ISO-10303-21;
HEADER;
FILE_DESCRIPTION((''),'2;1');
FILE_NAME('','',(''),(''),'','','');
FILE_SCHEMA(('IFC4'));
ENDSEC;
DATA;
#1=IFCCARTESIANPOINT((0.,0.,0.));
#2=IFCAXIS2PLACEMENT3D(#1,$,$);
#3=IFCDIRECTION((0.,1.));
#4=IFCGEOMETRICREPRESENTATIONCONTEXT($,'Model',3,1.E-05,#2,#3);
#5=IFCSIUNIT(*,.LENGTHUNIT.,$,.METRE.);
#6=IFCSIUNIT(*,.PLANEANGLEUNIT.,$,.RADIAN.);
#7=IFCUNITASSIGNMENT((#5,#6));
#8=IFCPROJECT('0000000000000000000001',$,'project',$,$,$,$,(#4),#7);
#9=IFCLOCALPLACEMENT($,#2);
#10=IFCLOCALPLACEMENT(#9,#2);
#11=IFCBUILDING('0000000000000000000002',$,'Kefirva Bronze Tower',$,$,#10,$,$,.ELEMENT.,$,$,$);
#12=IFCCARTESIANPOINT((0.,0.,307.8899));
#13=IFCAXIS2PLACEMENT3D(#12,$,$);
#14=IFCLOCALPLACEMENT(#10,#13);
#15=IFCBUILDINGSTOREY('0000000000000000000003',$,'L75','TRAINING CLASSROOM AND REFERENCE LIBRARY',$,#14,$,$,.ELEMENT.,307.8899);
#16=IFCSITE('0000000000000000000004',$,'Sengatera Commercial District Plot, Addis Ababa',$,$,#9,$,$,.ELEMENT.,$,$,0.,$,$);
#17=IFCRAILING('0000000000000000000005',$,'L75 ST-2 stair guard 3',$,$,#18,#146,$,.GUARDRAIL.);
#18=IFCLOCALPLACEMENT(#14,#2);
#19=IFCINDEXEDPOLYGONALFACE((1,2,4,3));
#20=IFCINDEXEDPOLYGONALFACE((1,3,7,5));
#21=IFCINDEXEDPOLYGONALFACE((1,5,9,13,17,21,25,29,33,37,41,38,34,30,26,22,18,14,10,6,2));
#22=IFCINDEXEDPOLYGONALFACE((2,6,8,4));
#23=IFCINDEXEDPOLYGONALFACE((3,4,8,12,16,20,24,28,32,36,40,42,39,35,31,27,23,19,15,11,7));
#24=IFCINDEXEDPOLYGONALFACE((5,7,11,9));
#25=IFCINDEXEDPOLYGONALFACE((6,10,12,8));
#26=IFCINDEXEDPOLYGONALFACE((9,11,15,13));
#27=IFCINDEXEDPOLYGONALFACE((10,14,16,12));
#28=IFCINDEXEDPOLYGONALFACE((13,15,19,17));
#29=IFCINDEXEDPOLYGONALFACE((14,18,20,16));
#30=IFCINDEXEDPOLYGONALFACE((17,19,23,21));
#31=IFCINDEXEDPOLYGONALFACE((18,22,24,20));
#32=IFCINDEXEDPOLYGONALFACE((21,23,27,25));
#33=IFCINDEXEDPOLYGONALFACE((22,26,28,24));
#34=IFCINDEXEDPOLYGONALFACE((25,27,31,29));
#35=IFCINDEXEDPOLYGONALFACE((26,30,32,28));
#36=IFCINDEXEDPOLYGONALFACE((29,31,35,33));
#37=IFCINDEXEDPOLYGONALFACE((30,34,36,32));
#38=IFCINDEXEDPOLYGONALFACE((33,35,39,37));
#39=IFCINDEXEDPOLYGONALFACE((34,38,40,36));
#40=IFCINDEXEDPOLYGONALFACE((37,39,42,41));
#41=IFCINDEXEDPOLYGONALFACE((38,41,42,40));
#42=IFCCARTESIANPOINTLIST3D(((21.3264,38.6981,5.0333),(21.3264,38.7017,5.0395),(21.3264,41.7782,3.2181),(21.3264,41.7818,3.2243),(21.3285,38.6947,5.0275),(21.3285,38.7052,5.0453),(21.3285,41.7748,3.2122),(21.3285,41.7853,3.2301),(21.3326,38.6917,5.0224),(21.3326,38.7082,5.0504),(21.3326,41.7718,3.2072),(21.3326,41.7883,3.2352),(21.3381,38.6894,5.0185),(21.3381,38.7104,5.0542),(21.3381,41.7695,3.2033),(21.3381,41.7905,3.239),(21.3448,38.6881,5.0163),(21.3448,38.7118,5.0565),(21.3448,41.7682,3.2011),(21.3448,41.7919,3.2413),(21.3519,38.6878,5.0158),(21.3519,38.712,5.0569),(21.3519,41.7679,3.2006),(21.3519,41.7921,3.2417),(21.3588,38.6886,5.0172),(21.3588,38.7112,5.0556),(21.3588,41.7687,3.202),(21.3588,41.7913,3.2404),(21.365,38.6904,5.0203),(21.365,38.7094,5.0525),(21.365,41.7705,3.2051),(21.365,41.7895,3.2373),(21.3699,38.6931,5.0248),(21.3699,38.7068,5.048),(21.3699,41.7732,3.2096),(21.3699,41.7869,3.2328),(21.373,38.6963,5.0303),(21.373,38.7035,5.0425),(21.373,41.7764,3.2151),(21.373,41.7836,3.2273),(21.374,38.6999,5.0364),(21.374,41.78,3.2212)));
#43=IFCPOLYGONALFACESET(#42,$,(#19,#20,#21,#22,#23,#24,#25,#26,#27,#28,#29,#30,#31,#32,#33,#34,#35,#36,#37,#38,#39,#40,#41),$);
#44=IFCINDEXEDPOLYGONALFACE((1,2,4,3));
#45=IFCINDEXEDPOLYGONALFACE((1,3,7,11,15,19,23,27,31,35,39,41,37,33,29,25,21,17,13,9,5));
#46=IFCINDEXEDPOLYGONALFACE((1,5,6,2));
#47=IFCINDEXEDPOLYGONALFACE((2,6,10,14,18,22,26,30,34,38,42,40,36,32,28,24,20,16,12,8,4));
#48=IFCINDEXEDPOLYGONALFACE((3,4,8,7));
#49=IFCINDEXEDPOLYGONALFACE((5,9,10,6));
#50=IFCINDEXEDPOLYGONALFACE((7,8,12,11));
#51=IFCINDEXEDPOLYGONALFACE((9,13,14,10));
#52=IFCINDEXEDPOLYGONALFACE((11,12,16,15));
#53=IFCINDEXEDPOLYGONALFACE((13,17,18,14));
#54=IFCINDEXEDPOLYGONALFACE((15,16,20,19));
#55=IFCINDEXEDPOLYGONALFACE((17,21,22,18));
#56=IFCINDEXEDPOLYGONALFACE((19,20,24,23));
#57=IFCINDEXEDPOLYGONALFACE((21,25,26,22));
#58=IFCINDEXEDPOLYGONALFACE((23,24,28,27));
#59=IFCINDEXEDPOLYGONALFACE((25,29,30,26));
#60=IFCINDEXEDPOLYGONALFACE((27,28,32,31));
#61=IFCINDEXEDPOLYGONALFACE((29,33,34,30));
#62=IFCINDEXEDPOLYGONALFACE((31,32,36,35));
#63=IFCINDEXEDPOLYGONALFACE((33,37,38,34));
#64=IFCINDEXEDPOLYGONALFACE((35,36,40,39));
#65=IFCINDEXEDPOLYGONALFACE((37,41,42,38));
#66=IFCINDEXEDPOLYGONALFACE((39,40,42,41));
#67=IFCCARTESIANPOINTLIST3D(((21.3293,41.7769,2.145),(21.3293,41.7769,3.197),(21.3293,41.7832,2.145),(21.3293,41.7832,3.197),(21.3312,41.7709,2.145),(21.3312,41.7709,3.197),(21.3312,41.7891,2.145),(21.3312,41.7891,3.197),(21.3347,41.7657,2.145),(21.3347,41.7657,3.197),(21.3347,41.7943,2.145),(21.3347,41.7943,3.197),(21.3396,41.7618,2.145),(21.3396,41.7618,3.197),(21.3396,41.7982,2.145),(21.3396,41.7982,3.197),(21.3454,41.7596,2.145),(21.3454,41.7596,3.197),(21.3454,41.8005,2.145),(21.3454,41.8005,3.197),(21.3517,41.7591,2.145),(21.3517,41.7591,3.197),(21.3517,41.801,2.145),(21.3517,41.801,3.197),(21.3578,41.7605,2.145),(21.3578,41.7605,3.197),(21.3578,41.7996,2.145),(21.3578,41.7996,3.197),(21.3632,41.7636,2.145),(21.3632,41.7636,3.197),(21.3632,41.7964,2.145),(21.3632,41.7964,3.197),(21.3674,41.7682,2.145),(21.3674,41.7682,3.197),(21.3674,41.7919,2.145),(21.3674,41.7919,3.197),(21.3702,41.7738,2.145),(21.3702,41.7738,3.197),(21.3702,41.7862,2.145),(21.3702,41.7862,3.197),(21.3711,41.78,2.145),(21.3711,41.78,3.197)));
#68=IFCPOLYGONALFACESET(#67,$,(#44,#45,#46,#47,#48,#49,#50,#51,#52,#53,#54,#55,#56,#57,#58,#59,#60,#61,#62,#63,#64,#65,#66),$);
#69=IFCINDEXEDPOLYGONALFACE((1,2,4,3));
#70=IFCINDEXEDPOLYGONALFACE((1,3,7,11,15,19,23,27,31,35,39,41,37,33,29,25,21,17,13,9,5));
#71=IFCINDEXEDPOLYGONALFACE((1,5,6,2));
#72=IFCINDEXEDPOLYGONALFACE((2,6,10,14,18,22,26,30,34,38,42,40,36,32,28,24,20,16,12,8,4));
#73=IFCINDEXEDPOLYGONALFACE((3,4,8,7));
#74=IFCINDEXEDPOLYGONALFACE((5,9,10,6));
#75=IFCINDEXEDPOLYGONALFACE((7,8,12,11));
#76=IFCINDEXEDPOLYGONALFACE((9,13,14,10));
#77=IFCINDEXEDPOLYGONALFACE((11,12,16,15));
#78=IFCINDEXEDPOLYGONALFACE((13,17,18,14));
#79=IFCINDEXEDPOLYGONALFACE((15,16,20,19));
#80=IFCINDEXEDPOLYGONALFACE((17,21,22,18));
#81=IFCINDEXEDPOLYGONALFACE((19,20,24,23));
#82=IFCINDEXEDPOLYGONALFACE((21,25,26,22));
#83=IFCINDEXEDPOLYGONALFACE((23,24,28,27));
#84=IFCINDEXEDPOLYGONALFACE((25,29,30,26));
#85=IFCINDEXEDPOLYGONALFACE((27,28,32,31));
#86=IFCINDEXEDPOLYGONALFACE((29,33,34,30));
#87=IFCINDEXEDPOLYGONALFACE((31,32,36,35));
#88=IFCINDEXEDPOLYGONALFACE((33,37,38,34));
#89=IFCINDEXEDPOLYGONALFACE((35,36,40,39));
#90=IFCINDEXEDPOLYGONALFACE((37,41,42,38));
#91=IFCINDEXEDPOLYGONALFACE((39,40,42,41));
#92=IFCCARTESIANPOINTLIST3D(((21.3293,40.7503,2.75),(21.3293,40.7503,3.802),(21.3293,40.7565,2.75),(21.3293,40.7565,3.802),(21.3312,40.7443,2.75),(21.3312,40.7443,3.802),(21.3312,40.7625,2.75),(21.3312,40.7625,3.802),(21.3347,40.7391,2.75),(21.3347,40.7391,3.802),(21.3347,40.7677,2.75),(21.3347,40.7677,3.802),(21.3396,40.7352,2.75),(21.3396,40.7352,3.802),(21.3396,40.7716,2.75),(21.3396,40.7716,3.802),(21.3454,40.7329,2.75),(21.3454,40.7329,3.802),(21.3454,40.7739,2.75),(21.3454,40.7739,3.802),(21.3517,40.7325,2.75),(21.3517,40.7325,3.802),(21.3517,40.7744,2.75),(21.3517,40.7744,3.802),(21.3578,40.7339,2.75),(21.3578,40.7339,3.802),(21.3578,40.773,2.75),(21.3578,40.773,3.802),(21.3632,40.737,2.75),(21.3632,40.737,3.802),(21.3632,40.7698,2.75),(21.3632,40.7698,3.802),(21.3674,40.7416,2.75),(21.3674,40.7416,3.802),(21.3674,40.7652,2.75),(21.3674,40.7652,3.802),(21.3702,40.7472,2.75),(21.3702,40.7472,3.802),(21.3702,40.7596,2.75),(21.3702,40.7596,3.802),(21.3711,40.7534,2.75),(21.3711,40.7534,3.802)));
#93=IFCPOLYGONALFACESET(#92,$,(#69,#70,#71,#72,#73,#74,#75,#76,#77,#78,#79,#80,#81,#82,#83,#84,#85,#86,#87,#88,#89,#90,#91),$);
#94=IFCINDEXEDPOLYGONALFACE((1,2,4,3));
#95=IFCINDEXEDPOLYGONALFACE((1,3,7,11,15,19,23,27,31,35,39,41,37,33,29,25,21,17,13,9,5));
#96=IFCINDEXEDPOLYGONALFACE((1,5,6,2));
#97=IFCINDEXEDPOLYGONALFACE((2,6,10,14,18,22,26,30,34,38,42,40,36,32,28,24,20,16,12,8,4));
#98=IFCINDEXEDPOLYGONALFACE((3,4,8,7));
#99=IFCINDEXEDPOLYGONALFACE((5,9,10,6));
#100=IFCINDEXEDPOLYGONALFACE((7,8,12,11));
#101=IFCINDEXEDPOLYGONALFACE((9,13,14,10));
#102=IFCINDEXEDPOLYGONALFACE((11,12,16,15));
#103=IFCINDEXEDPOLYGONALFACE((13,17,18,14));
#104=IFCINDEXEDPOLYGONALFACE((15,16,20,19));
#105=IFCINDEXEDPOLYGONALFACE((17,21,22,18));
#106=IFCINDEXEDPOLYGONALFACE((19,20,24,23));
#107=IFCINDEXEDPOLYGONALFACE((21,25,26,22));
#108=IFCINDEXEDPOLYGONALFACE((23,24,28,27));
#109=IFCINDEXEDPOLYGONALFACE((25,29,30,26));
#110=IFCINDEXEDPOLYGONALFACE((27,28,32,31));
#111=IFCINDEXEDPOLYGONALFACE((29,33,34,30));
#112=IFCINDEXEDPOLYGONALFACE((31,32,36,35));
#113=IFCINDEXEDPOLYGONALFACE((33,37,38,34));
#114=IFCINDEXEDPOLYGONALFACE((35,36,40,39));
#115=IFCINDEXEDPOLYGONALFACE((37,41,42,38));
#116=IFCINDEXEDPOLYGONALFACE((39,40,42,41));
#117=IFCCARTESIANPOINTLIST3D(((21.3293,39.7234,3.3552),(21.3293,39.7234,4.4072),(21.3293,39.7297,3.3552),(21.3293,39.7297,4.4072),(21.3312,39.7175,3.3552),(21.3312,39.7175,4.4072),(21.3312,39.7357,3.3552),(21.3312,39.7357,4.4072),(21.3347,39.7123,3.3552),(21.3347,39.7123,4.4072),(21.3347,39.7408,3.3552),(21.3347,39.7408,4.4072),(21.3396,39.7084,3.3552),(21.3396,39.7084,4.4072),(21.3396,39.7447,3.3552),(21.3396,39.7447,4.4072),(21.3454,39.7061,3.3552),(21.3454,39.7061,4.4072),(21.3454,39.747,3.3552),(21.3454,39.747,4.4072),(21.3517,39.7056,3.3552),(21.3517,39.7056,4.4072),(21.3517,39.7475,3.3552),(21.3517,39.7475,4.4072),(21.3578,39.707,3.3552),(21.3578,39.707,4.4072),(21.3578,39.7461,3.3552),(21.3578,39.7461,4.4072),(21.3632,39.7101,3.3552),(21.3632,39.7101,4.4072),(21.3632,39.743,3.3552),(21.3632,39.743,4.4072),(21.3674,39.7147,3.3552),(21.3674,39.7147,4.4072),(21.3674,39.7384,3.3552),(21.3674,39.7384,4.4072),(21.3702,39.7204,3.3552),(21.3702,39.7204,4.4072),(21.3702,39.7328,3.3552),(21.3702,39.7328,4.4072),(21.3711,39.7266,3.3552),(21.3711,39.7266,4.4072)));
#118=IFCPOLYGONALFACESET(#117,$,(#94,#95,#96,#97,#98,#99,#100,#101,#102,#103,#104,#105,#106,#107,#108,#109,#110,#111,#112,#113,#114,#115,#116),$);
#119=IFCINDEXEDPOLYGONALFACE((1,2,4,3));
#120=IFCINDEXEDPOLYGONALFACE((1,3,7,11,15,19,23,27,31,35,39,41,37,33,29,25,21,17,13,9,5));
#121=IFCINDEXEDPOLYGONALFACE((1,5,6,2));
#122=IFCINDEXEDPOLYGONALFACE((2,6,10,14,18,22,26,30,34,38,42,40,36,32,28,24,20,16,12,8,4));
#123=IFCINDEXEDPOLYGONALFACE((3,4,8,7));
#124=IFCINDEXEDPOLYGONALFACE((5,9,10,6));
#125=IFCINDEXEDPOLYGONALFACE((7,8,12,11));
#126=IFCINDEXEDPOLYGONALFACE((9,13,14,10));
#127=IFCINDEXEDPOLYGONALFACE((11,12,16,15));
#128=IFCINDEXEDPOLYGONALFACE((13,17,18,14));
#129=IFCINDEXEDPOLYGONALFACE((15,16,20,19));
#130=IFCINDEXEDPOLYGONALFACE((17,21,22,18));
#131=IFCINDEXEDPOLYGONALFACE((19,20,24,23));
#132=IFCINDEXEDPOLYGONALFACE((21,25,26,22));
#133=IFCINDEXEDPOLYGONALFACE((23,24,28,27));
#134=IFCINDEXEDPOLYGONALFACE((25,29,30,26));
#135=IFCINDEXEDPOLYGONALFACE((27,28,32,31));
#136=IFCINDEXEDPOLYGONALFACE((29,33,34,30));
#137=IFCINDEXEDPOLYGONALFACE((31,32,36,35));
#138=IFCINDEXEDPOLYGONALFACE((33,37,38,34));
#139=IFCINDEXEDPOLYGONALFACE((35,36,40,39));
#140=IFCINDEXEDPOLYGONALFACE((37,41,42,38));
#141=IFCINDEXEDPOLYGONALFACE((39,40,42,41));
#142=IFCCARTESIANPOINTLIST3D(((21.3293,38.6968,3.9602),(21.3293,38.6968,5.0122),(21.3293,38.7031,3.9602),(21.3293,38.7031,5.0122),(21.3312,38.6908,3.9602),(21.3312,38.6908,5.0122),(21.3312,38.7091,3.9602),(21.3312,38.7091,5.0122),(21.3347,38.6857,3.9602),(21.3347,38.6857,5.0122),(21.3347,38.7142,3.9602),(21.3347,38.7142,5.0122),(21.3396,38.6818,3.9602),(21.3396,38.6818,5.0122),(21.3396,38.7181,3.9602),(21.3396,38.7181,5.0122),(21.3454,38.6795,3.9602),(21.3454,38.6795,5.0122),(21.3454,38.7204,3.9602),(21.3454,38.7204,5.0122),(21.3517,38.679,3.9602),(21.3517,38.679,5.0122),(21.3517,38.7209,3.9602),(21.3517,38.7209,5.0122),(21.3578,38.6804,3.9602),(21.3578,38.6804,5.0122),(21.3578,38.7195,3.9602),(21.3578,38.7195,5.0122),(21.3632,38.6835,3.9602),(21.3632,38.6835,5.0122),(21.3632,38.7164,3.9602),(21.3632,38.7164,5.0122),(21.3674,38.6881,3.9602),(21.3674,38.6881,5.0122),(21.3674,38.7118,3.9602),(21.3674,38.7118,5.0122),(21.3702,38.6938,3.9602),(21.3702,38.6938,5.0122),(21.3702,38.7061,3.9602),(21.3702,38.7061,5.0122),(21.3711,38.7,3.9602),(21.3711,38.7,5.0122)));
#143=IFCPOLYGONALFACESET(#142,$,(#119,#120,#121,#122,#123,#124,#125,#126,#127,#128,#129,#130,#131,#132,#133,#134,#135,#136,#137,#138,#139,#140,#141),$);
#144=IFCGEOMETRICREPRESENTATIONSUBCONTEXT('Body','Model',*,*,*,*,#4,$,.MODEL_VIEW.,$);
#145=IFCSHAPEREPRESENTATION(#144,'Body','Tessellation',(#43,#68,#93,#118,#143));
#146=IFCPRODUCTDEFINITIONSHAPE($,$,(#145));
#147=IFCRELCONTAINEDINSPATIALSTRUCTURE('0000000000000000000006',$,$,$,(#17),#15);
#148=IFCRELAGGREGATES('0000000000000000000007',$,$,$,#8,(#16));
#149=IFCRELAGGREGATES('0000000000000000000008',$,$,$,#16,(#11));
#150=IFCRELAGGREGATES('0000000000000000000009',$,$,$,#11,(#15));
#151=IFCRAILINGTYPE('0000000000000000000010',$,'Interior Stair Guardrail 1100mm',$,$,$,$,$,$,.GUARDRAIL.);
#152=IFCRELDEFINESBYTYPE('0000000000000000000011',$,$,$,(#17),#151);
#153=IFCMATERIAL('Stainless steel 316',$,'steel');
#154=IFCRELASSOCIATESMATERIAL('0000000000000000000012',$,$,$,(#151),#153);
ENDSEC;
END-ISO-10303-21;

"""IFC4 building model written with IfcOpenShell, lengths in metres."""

from ifc_helpers import new_model, si_unit, direction, frame, origin, origin_2d, place, context, subcontext, project, spatial, circle, extrude, material, type_object, element, save


model = new_model("IFC4")

# Units and contexts
model_context = context("Model", 3, precision=1e-05, world=origin(), true_north=direction((0.0, 1.0)))
body_context = subcontext(model_context, "Body", "Model", "MODEL_VIEW")
ifc_project = project(units=[si_unit("LENGTHUNIT", "METRE"), si_unit("PLANEANGLEUNIT", "RADIAN")], contexts=[model_context])

# Site, building, storey
site_placement = place(None, origin())
site = spatial("IfcSite", under=ifc_project, at=site_placement, Name="Sengatera Commercial District Plot, Addis Ababa", CompositionType="ELEMENT", RefElevation=0.0)
building_placement = place(site_placement, origin())
building = spatial("IfcBuilding", under=site, at=building_placement, Name="Kefirva Bronze Tower", CompositionType="ELEMENT")
storey_placement = place(building_placement, frame((0.0, 0.0, 307.8899)))
storey = spatial("IfcBuildingStorey", under=building, at=storey_placement, Name="L75", Description="TRAINING CLASSROOM AND REFERENCE LIBRARY", CompositionType="ELEMENT", Elevation=307.8899)

# Shared definitions
ifc_material_1 = material(Name="Stainless steel 316", Category="steel")

# Railing
railing_type_1 = type_object("IfcRailingType", Name="Interior Stair Guardrail 1100mm", PredefinedType="GUARDRAIL", material=ifc_material_1)
railing_1_placement = place(storey_placement, frame((21.3501, 41.78, 2.145)))
element("IfcRailing", 1, at=railing_1_placement, inside=storey, type_object=railing_type_1, Name="L75 ST-2 stair guard 3", PredefinedType="GUARDRAIL", context=body_context, shape_type="SweptSolid", body=[
    extrude(circle(Radius=0.0239, at=origin_2d()), frame((0.0, 0.0, 1.0762), z_axis=(0.0, -0.861521, 0.507721), x_axis=(1.0, 0.0, 0.0)), (0.0, 0.0, 1.0), 3.5752),
    extrude(circle(Radius=0.021, at=origin_2d()), origin(), (0.0, 0.0, 1.0), 1.052),
    extrude(circle(Radius=0.021, at=origin_2d()), frame((0.0, -1.0266, 0.605)), (0.0, 0.0, 1.0), 1.052),
    extrude(circle(Radius=0.021, at=origin_2d()), frame((0.0, -2.0535, 1.2102)), (0.0, 0.0, 1.0), 1.052),
    extrude(circle(Radius=0.021, at=origin_2d()), frame((0.0, -3.0801, 1.8152)), (0.0, 0.0, 1.0), 1.052),
])

save(model, "model.ifc")
